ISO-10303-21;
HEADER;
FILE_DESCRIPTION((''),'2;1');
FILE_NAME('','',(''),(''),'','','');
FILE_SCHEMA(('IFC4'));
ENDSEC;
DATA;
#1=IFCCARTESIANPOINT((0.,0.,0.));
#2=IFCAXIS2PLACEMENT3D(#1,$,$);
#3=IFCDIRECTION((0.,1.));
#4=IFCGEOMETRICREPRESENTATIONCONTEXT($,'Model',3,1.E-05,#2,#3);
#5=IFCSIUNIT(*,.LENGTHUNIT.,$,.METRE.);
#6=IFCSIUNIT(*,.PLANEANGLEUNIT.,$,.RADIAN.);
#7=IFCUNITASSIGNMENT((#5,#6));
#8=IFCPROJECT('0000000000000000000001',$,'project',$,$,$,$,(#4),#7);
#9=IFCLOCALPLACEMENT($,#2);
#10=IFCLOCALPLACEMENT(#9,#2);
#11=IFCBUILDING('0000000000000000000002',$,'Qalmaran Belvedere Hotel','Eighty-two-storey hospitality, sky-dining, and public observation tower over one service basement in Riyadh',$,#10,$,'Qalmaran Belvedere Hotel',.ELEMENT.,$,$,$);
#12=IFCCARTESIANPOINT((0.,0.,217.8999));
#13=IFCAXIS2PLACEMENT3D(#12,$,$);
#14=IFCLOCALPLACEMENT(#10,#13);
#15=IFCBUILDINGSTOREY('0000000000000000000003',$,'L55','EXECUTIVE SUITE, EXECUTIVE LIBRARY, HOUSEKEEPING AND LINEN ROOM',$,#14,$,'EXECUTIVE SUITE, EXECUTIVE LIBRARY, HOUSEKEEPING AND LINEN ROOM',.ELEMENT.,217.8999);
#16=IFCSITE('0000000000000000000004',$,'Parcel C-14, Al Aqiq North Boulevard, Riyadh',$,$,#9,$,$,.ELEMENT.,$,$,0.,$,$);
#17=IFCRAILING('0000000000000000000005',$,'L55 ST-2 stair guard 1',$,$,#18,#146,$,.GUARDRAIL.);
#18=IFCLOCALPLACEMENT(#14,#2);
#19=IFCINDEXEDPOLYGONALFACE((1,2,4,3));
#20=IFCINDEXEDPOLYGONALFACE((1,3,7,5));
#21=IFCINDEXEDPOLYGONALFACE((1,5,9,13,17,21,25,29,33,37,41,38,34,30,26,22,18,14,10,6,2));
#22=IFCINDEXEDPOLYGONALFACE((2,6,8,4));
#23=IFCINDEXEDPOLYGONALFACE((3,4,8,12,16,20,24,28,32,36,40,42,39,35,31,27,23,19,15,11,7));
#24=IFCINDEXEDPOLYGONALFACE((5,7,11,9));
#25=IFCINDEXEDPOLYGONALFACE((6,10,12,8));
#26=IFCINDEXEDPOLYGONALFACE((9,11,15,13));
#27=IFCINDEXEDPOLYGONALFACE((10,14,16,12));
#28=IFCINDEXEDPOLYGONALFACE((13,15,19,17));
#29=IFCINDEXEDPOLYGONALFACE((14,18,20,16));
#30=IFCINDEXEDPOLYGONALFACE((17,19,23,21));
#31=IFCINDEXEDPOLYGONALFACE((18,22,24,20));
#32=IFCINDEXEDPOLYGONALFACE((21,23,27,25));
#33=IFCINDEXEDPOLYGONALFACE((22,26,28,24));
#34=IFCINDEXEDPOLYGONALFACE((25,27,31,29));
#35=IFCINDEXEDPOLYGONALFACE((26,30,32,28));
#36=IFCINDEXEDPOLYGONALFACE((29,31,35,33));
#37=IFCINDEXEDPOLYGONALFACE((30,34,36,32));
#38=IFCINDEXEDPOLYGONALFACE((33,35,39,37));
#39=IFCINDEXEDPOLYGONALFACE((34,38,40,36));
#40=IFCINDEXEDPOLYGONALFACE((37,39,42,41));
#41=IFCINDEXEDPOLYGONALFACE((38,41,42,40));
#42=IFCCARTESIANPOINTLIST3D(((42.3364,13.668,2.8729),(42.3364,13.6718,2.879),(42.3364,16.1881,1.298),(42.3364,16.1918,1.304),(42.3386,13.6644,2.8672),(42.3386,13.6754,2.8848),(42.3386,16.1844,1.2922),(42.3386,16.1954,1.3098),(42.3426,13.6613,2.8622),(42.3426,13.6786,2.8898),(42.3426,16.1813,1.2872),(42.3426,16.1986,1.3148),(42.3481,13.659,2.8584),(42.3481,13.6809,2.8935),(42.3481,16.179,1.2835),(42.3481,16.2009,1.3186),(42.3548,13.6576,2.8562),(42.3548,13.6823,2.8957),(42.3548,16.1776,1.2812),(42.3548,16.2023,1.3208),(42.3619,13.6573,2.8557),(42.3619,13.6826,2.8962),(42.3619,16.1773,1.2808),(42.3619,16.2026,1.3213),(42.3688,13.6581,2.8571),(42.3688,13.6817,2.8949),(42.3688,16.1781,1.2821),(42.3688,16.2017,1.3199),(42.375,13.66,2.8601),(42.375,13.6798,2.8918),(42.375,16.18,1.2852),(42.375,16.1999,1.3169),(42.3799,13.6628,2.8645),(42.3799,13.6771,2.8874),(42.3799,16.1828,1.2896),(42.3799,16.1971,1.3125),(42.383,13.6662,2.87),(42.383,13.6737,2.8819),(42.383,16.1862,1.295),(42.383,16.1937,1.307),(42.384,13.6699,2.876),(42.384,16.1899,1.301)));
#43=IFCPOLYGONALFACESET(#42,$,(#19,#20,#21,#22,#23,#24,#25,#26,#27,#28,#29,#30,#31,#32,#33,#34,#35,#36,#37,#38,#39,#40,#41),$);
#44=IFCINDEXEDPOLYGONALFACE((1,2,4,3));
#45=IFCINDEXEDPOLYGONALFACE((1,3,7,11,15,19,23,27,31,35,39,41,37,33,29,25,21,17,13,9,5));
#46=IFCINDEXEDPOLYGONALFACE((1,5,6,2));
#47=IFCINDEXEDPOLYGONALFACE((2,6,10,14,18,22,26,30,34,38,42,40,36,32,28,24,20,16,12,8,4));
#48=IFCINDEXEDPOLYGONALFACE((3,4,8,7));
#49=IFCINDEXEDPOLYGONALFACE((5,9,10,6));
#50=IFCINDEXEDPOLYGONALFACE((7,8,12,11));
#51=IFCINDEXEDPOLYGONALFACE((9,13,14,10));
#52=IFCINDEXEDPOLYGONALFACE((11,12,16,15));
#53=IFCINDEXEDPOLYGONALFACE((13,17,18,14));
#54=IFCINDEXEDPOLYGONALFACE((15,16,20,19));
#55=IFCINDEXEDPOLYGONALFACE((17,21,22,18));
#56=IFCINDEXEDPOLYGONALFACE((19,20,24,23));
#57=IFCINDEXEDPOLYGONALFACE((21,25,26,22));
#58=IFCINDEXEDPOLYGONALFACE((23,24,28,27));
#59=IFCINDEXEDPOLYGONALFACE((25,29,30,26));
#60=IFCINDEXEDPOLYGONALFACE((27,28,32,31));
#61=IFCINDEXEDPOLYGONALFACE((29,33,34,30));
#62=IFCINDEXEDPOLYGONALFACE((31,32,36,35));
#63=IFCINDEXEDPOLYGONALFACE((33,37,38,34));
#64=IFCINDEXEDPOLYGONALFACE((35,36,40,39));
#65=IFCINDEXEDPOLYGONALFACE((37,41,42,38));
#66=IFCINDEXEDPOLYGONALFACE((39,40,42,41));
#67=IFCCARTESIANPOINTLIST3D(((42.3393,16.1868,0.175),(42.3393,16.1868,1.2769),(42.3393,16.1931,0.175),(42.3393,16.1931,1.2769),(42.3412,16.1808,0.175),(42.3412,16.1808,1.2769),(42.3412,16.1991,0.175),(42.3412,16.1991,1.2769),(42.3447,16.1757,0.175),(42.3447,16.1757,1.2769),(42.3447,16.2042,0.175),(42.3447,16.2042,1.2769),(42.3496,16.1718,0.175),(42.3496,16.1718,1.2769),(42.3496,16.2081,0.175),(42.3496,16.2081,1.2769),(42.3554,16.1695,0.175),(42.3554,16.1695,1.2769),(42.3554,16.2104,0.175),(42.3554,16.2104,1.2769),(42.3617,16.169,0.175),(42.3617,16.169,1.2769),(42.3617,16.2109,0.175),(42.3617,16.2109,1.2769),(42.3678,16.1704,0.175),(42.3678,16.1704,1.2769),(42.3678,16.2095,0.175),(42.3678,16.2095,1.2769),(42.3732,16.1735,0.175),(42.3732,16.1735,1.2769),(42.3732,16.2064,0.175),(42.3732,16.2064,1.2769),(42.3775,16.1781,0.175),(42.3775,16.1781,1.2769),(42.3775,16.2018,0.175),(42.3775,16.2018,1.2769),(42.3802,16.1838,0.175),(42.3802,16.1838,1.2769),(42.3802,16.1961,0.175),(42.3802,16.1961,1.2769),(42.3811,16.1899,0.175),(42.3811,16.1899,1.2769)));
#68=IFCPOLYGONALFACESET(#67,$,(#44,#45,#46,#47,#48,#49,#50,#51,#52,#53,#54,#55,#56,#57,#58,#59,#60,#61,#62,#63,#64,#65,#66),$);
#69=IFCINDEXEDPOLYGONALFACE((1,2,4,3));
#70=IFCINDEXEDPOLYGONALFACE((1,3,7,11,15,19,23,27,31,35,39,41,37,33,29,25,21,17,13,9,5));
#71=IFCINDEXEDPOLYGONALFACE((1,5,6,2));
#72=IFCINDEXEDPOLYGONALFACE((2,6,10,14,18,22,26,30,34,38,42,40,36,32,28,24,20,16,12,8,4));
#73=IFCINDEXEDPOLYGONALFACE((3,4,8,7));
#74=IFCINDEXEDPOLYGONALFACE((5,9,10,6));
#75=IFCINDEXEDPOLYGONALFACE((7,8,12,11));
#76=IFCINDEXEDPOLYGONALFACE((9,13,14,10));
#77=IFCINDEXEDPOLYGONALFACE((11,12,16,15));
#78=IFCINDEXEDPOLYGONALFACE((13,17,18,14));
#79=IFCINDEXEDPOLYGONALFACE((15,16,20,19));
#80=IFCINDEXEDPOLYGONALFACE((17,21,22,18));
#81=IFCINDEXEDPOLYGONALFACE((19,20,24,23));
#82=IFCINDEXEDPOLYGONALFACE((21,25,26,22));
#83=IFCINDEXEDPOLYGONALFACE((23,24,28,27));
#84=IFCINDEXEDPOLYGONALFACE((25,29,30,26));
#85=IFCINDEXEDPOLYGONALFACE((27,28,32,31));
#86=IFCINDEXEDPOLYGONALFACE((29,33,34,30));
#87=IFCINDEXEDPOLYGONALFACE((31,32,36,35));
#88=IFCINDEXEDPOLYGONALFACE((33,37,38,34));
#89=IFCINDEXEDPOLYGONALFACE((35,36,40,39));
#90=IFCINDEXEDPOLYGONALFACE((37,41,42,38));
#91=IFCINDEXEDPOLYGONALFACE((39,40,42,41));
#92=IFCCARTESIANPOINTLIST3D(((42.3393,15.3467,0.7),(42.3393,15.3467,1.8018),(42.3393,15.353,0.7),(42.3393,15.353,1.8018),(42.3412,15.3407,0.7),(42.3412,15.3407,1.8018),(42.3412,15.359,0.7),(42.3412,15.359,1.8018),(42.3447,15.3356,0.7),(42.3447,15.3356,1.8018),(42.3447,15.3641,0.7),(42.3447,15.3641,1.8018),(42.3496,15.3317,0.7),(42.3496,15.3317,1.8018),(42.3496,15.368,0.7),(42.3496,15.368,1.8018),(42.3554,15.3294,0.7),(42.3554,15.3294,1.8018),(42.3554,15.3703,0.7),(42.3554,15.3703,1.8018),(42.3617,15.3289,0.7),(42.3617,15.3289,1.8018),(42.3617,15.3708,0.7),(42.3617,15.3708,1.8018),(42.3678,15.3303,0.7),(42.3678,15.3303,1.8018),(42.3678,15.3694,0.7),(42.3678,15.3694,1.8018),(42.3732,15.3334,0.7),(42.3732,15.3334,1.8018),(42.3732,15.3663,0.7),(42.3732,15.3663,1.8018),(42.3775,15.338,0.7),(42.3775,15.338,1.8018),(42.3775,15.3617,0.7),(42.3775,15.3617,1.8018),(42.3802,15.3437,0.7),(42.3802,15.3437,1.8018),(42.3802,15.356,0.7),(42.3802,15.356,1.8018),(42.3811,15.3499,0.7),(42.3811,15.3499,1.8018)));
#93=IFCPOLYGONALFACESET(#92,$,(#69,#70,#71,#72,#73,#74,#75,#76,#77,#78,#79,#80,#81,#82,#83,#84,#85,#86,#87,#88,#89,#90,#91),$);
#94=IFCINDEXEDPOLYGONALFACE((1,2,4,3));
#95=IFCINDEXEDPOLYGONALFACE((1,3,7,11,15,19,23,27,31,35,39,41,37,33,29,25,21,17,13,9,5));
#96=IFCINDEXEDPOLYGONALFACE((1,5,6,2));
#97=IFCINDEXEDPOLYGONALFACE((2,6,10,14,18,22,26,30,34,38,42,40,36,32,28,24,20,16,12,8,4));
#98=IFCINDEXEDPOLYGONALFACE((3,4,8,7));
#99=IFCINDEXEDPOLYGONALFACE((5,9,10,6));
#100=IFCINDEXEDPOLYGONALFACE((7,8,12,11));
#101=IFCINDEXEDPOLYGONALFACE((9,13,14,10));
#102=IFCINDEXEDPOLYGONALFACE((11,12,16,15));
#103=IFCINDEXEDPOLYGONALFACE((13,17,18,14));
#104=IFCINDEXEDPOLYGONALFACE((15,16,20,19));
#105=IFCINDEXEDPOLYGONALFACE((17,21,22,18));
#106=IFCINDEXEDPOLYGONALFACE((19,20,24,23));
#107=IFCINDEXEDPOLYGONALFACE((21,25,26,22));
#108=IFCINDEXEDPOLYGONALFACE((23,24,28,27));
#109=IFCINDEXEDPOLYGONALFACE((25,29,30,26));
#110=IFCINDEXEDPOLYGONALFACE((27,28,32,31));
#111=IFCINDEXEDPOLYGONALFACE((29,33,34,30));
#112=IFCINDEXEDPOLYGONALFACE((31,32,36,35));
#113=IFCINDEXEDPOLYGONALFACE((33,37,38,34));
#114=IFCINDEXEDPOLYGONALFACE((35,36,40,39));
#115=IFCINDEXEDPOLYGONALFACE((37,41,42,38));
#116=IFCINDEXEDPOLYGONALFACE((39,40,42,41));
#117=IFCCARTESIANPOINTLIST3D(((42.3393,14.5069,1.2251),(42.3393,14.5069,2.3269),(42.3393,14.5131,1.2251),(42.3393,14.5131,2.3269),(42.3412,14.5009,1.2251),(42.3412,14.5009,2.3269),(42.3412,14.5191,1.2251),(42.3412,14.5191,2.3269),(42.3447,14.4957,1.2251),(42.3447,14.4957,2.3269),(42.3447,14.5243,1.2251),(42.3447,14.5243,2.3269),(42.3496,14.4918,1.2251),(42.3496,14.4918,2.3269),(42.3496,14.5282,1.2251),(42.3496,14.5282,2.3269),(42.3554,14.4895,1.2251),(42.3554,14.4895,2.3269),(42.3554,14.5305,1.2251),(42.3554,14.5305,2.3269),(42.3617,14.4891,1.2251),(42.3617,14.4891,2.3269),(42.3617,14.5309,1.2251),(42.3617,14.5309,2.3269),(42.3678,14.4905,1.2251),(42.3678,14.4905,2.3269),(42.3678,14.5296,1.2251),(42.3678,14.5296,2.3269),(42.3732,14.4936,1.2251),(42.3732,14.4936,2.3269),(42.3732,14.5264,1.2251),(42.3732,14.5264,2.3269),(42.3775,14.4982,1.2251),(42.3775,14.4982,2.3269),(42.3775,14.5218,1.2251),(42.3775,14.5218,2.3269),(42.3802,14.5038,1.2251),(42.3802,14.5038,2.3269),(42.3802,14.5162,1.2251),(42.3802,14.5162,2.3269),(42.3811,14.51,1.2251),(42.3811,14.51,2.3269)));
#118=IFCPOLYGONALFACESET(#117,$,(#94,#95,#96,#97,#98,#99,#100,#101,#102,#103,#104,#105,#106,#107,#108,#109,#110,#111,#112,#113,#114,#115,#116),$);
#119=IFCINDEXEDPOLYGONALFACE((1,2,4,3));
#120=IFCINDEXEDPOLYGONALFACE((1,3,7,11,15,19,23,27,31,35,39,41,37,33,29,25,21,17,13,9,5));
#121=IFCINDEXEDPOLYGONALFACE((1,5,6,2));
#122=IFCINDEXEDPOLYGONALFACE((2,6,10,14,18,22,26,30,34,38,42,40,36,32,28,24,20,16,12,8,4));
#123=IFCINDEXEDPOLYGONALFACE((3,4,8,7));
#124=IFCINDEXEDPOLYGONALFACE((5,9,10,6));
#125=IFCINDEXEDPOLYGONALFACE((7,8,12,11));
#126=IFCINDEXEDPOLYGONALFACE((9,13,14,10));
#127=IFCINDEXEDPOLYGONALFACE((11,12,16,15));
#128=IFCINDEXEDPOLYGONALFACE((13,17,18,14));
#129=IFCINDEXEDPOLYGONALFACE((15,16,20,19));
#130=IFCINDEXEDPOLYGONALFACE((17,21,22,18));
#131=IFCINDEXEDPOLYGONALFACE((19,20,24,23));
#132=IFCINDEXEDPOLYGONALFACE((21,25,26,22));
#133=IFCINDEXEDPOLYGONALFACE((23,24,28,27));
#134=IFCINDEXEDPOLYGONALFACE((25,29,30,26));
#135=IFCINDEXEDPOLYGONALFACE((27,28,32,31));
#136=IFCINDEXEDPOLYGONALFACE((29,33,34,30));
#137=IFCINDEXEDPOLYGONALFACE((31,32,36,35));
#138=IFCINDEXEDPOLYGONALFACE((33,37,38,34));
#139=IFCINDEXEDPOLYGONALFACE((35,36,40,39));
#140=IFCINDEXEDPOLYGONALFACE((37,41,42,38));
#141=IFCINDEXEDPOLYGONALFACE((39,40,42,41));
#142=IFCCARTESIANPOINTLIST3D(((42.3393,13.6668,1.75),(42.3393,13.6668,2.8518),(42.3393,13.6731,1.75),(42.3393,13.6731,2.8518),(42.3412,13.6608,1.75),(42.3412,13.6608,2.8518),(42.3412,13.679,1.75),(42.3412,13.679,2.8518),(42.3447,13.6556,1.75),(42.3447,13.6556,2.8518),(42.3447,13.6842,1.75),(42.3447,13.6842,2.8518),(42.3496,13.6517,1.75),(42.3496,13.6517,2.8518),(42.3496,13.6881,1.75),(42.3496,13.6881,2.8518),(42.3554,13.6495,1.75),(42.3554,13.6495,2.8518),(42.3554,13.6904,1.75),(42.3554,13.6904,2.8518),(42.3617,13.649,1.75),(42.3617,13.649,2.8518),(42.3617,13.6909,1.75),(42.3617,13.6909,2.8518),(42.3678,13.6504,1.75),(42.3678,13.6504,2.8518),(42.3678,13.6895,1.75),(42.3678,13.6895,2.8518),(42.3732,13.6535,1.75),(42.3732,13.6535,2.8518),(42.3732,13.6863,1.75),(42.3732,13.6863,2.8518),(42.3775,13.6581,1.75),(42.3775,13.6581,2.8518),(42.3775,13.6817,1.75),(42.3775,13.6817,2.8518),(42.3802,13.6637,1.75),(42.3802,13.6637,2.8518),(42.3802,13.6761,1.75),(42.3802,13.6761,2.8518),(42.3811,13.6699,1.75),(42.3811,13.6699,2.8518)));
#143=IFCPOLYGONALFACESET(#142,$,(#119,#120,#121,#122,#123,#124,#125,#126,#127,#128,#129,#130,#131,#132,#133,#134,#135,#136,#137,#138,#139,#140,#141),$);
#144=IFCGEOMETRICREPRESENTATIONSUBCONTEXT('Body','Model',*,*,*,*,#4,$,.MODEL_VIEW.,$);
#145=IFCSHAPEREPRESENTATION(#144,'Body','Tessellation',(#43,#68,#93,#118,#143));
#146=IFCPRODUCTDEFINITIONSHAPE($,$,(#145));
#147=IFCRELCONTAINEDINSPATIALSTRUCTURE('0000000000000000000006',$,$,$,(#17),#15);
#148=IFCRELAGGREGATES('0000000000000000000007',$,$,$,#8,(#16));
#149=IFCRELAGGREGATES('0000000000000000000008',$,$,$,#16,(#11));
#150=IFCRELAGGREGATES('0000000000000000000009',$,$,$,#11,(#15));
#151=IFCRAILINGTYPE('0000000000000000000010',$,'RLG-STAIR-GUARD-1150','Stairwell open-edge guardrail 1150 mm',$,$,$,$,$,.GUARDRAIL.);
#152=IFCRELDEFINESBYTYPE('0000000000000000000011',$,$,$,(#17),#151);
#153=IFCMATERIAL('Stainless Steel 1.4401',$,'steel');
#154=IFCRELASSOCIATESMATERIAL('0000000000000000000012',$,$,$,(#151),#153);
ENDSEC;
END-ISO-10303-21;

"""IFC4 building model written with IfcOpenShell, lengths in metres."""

from ifc_helpers import new_model, si_unit, direction, frame, origin, origin_2d, place, context, subcontext, project, spatial, circle, extrude, material, type_object, element, save


model = new_model("IFC4")

# Units and contexts
model_context = context("Model", 3, precision=1e-05, world=origin(), true_north=direction((0.0, 1.0)))
body_context = subcontext(model_context, "Body", "Model", "MODEL_VIEW")
ifc_project = project(units=[si_unit("LENGTHUNIT", "METRE"), si_unit("PLANEANGLEUNIT", "RADIAN")], contexts=[model_context])

# Site, building, storey
site_placement = place(None, origin())
site = spatial("IfcSite", under=ifc_project, at=site_placement, Name="Parcel C-14, Al Aqiq North Boulevard, Riyadh", CompositionType="ELEMENT", RefElevation=0.0)
building_placement = place(site_placement, origin())
building = spatial("IfcBuilding", under=site, at=building_placement, Name="Qalmaran Belvedere Hotel", Description="Eighty-two-storey hospitality, sky-dining, and public observation tower over one service basement in Riyadh", LongName="Qalmaran Belvedere Hotel", CompositionType="ELEMENT")
storey_placement = place(building_placement, frame((0.0, 0.0, 217.8999)))
storey = spatial("IfcBuildingStorey", under=building, at=storey_placement, Name="L55", Description="EXECUTIVE SUITE, EXECUTIVE LIBRARY, HOUSEKEEPING AND LINEN ROOM", LongName="EXECUTIVE SUITE, EXECUTIVE LIBRARY, HOUSEKEEPING AND LINEN ROOM", CompositionType="ELEMENT", Elevation=217.8999)

# Railing
ifc_material_1 = material(Name="Stainless Steel 1.4401", Category="steel")
railing_type_1 = type_object("IfcRailingType", Name="RLG-STAIR-GUARD-1150", Description="Stairwell open-edge guardrail 1150 mm", PredefinedType="GUARDRAIL", material=ifc_material_1)
railing_1_placement = place(storey_placement, frame((42.3601, 16.1899, 0.175)))
element("IfcRailing", 1, at=railing_1_placement, inside=storey, type_object=railing_type_1, Name="L55 ST-2 stair guard 1", PredefinedType="GUARDRAIL", context=body_context, shape_type="SweptSolid", body=[
    extrude(circle(Radius=0.0239, at=origin_2d()), frame((0.0, 0.0, 1.126), z_axis=(0.0, -0.848008, 0.529984), x_axis=(1.0, 0.0, 0.0)), (0.0, 0.0, 1.0), 2.9717),
    extrude(circle(Radius=0.021, at=origin_2d()), origin(), (0.0, 0.0, 1.0), 1.1018),
    extrude(circle(Radius=0.021, at=origin_2d()), frame((0.0, -0.8401, 0.5249)), (0.0, 0.0, 1.0), 1.1018),
    extrude(circle(Radius=0.021, at=origin_2d()), frame((0.0, -1.6799, 1.05)), (0.0, 0.0, 1.0), 1.1018),
    extrude(circle(Radius=0.021, at=origin_2d()), frame((0.0, -2.52, 1.575)), (0.0, 0.0, 1.0), 1.1018),
])

save(model, "model.ifc")
